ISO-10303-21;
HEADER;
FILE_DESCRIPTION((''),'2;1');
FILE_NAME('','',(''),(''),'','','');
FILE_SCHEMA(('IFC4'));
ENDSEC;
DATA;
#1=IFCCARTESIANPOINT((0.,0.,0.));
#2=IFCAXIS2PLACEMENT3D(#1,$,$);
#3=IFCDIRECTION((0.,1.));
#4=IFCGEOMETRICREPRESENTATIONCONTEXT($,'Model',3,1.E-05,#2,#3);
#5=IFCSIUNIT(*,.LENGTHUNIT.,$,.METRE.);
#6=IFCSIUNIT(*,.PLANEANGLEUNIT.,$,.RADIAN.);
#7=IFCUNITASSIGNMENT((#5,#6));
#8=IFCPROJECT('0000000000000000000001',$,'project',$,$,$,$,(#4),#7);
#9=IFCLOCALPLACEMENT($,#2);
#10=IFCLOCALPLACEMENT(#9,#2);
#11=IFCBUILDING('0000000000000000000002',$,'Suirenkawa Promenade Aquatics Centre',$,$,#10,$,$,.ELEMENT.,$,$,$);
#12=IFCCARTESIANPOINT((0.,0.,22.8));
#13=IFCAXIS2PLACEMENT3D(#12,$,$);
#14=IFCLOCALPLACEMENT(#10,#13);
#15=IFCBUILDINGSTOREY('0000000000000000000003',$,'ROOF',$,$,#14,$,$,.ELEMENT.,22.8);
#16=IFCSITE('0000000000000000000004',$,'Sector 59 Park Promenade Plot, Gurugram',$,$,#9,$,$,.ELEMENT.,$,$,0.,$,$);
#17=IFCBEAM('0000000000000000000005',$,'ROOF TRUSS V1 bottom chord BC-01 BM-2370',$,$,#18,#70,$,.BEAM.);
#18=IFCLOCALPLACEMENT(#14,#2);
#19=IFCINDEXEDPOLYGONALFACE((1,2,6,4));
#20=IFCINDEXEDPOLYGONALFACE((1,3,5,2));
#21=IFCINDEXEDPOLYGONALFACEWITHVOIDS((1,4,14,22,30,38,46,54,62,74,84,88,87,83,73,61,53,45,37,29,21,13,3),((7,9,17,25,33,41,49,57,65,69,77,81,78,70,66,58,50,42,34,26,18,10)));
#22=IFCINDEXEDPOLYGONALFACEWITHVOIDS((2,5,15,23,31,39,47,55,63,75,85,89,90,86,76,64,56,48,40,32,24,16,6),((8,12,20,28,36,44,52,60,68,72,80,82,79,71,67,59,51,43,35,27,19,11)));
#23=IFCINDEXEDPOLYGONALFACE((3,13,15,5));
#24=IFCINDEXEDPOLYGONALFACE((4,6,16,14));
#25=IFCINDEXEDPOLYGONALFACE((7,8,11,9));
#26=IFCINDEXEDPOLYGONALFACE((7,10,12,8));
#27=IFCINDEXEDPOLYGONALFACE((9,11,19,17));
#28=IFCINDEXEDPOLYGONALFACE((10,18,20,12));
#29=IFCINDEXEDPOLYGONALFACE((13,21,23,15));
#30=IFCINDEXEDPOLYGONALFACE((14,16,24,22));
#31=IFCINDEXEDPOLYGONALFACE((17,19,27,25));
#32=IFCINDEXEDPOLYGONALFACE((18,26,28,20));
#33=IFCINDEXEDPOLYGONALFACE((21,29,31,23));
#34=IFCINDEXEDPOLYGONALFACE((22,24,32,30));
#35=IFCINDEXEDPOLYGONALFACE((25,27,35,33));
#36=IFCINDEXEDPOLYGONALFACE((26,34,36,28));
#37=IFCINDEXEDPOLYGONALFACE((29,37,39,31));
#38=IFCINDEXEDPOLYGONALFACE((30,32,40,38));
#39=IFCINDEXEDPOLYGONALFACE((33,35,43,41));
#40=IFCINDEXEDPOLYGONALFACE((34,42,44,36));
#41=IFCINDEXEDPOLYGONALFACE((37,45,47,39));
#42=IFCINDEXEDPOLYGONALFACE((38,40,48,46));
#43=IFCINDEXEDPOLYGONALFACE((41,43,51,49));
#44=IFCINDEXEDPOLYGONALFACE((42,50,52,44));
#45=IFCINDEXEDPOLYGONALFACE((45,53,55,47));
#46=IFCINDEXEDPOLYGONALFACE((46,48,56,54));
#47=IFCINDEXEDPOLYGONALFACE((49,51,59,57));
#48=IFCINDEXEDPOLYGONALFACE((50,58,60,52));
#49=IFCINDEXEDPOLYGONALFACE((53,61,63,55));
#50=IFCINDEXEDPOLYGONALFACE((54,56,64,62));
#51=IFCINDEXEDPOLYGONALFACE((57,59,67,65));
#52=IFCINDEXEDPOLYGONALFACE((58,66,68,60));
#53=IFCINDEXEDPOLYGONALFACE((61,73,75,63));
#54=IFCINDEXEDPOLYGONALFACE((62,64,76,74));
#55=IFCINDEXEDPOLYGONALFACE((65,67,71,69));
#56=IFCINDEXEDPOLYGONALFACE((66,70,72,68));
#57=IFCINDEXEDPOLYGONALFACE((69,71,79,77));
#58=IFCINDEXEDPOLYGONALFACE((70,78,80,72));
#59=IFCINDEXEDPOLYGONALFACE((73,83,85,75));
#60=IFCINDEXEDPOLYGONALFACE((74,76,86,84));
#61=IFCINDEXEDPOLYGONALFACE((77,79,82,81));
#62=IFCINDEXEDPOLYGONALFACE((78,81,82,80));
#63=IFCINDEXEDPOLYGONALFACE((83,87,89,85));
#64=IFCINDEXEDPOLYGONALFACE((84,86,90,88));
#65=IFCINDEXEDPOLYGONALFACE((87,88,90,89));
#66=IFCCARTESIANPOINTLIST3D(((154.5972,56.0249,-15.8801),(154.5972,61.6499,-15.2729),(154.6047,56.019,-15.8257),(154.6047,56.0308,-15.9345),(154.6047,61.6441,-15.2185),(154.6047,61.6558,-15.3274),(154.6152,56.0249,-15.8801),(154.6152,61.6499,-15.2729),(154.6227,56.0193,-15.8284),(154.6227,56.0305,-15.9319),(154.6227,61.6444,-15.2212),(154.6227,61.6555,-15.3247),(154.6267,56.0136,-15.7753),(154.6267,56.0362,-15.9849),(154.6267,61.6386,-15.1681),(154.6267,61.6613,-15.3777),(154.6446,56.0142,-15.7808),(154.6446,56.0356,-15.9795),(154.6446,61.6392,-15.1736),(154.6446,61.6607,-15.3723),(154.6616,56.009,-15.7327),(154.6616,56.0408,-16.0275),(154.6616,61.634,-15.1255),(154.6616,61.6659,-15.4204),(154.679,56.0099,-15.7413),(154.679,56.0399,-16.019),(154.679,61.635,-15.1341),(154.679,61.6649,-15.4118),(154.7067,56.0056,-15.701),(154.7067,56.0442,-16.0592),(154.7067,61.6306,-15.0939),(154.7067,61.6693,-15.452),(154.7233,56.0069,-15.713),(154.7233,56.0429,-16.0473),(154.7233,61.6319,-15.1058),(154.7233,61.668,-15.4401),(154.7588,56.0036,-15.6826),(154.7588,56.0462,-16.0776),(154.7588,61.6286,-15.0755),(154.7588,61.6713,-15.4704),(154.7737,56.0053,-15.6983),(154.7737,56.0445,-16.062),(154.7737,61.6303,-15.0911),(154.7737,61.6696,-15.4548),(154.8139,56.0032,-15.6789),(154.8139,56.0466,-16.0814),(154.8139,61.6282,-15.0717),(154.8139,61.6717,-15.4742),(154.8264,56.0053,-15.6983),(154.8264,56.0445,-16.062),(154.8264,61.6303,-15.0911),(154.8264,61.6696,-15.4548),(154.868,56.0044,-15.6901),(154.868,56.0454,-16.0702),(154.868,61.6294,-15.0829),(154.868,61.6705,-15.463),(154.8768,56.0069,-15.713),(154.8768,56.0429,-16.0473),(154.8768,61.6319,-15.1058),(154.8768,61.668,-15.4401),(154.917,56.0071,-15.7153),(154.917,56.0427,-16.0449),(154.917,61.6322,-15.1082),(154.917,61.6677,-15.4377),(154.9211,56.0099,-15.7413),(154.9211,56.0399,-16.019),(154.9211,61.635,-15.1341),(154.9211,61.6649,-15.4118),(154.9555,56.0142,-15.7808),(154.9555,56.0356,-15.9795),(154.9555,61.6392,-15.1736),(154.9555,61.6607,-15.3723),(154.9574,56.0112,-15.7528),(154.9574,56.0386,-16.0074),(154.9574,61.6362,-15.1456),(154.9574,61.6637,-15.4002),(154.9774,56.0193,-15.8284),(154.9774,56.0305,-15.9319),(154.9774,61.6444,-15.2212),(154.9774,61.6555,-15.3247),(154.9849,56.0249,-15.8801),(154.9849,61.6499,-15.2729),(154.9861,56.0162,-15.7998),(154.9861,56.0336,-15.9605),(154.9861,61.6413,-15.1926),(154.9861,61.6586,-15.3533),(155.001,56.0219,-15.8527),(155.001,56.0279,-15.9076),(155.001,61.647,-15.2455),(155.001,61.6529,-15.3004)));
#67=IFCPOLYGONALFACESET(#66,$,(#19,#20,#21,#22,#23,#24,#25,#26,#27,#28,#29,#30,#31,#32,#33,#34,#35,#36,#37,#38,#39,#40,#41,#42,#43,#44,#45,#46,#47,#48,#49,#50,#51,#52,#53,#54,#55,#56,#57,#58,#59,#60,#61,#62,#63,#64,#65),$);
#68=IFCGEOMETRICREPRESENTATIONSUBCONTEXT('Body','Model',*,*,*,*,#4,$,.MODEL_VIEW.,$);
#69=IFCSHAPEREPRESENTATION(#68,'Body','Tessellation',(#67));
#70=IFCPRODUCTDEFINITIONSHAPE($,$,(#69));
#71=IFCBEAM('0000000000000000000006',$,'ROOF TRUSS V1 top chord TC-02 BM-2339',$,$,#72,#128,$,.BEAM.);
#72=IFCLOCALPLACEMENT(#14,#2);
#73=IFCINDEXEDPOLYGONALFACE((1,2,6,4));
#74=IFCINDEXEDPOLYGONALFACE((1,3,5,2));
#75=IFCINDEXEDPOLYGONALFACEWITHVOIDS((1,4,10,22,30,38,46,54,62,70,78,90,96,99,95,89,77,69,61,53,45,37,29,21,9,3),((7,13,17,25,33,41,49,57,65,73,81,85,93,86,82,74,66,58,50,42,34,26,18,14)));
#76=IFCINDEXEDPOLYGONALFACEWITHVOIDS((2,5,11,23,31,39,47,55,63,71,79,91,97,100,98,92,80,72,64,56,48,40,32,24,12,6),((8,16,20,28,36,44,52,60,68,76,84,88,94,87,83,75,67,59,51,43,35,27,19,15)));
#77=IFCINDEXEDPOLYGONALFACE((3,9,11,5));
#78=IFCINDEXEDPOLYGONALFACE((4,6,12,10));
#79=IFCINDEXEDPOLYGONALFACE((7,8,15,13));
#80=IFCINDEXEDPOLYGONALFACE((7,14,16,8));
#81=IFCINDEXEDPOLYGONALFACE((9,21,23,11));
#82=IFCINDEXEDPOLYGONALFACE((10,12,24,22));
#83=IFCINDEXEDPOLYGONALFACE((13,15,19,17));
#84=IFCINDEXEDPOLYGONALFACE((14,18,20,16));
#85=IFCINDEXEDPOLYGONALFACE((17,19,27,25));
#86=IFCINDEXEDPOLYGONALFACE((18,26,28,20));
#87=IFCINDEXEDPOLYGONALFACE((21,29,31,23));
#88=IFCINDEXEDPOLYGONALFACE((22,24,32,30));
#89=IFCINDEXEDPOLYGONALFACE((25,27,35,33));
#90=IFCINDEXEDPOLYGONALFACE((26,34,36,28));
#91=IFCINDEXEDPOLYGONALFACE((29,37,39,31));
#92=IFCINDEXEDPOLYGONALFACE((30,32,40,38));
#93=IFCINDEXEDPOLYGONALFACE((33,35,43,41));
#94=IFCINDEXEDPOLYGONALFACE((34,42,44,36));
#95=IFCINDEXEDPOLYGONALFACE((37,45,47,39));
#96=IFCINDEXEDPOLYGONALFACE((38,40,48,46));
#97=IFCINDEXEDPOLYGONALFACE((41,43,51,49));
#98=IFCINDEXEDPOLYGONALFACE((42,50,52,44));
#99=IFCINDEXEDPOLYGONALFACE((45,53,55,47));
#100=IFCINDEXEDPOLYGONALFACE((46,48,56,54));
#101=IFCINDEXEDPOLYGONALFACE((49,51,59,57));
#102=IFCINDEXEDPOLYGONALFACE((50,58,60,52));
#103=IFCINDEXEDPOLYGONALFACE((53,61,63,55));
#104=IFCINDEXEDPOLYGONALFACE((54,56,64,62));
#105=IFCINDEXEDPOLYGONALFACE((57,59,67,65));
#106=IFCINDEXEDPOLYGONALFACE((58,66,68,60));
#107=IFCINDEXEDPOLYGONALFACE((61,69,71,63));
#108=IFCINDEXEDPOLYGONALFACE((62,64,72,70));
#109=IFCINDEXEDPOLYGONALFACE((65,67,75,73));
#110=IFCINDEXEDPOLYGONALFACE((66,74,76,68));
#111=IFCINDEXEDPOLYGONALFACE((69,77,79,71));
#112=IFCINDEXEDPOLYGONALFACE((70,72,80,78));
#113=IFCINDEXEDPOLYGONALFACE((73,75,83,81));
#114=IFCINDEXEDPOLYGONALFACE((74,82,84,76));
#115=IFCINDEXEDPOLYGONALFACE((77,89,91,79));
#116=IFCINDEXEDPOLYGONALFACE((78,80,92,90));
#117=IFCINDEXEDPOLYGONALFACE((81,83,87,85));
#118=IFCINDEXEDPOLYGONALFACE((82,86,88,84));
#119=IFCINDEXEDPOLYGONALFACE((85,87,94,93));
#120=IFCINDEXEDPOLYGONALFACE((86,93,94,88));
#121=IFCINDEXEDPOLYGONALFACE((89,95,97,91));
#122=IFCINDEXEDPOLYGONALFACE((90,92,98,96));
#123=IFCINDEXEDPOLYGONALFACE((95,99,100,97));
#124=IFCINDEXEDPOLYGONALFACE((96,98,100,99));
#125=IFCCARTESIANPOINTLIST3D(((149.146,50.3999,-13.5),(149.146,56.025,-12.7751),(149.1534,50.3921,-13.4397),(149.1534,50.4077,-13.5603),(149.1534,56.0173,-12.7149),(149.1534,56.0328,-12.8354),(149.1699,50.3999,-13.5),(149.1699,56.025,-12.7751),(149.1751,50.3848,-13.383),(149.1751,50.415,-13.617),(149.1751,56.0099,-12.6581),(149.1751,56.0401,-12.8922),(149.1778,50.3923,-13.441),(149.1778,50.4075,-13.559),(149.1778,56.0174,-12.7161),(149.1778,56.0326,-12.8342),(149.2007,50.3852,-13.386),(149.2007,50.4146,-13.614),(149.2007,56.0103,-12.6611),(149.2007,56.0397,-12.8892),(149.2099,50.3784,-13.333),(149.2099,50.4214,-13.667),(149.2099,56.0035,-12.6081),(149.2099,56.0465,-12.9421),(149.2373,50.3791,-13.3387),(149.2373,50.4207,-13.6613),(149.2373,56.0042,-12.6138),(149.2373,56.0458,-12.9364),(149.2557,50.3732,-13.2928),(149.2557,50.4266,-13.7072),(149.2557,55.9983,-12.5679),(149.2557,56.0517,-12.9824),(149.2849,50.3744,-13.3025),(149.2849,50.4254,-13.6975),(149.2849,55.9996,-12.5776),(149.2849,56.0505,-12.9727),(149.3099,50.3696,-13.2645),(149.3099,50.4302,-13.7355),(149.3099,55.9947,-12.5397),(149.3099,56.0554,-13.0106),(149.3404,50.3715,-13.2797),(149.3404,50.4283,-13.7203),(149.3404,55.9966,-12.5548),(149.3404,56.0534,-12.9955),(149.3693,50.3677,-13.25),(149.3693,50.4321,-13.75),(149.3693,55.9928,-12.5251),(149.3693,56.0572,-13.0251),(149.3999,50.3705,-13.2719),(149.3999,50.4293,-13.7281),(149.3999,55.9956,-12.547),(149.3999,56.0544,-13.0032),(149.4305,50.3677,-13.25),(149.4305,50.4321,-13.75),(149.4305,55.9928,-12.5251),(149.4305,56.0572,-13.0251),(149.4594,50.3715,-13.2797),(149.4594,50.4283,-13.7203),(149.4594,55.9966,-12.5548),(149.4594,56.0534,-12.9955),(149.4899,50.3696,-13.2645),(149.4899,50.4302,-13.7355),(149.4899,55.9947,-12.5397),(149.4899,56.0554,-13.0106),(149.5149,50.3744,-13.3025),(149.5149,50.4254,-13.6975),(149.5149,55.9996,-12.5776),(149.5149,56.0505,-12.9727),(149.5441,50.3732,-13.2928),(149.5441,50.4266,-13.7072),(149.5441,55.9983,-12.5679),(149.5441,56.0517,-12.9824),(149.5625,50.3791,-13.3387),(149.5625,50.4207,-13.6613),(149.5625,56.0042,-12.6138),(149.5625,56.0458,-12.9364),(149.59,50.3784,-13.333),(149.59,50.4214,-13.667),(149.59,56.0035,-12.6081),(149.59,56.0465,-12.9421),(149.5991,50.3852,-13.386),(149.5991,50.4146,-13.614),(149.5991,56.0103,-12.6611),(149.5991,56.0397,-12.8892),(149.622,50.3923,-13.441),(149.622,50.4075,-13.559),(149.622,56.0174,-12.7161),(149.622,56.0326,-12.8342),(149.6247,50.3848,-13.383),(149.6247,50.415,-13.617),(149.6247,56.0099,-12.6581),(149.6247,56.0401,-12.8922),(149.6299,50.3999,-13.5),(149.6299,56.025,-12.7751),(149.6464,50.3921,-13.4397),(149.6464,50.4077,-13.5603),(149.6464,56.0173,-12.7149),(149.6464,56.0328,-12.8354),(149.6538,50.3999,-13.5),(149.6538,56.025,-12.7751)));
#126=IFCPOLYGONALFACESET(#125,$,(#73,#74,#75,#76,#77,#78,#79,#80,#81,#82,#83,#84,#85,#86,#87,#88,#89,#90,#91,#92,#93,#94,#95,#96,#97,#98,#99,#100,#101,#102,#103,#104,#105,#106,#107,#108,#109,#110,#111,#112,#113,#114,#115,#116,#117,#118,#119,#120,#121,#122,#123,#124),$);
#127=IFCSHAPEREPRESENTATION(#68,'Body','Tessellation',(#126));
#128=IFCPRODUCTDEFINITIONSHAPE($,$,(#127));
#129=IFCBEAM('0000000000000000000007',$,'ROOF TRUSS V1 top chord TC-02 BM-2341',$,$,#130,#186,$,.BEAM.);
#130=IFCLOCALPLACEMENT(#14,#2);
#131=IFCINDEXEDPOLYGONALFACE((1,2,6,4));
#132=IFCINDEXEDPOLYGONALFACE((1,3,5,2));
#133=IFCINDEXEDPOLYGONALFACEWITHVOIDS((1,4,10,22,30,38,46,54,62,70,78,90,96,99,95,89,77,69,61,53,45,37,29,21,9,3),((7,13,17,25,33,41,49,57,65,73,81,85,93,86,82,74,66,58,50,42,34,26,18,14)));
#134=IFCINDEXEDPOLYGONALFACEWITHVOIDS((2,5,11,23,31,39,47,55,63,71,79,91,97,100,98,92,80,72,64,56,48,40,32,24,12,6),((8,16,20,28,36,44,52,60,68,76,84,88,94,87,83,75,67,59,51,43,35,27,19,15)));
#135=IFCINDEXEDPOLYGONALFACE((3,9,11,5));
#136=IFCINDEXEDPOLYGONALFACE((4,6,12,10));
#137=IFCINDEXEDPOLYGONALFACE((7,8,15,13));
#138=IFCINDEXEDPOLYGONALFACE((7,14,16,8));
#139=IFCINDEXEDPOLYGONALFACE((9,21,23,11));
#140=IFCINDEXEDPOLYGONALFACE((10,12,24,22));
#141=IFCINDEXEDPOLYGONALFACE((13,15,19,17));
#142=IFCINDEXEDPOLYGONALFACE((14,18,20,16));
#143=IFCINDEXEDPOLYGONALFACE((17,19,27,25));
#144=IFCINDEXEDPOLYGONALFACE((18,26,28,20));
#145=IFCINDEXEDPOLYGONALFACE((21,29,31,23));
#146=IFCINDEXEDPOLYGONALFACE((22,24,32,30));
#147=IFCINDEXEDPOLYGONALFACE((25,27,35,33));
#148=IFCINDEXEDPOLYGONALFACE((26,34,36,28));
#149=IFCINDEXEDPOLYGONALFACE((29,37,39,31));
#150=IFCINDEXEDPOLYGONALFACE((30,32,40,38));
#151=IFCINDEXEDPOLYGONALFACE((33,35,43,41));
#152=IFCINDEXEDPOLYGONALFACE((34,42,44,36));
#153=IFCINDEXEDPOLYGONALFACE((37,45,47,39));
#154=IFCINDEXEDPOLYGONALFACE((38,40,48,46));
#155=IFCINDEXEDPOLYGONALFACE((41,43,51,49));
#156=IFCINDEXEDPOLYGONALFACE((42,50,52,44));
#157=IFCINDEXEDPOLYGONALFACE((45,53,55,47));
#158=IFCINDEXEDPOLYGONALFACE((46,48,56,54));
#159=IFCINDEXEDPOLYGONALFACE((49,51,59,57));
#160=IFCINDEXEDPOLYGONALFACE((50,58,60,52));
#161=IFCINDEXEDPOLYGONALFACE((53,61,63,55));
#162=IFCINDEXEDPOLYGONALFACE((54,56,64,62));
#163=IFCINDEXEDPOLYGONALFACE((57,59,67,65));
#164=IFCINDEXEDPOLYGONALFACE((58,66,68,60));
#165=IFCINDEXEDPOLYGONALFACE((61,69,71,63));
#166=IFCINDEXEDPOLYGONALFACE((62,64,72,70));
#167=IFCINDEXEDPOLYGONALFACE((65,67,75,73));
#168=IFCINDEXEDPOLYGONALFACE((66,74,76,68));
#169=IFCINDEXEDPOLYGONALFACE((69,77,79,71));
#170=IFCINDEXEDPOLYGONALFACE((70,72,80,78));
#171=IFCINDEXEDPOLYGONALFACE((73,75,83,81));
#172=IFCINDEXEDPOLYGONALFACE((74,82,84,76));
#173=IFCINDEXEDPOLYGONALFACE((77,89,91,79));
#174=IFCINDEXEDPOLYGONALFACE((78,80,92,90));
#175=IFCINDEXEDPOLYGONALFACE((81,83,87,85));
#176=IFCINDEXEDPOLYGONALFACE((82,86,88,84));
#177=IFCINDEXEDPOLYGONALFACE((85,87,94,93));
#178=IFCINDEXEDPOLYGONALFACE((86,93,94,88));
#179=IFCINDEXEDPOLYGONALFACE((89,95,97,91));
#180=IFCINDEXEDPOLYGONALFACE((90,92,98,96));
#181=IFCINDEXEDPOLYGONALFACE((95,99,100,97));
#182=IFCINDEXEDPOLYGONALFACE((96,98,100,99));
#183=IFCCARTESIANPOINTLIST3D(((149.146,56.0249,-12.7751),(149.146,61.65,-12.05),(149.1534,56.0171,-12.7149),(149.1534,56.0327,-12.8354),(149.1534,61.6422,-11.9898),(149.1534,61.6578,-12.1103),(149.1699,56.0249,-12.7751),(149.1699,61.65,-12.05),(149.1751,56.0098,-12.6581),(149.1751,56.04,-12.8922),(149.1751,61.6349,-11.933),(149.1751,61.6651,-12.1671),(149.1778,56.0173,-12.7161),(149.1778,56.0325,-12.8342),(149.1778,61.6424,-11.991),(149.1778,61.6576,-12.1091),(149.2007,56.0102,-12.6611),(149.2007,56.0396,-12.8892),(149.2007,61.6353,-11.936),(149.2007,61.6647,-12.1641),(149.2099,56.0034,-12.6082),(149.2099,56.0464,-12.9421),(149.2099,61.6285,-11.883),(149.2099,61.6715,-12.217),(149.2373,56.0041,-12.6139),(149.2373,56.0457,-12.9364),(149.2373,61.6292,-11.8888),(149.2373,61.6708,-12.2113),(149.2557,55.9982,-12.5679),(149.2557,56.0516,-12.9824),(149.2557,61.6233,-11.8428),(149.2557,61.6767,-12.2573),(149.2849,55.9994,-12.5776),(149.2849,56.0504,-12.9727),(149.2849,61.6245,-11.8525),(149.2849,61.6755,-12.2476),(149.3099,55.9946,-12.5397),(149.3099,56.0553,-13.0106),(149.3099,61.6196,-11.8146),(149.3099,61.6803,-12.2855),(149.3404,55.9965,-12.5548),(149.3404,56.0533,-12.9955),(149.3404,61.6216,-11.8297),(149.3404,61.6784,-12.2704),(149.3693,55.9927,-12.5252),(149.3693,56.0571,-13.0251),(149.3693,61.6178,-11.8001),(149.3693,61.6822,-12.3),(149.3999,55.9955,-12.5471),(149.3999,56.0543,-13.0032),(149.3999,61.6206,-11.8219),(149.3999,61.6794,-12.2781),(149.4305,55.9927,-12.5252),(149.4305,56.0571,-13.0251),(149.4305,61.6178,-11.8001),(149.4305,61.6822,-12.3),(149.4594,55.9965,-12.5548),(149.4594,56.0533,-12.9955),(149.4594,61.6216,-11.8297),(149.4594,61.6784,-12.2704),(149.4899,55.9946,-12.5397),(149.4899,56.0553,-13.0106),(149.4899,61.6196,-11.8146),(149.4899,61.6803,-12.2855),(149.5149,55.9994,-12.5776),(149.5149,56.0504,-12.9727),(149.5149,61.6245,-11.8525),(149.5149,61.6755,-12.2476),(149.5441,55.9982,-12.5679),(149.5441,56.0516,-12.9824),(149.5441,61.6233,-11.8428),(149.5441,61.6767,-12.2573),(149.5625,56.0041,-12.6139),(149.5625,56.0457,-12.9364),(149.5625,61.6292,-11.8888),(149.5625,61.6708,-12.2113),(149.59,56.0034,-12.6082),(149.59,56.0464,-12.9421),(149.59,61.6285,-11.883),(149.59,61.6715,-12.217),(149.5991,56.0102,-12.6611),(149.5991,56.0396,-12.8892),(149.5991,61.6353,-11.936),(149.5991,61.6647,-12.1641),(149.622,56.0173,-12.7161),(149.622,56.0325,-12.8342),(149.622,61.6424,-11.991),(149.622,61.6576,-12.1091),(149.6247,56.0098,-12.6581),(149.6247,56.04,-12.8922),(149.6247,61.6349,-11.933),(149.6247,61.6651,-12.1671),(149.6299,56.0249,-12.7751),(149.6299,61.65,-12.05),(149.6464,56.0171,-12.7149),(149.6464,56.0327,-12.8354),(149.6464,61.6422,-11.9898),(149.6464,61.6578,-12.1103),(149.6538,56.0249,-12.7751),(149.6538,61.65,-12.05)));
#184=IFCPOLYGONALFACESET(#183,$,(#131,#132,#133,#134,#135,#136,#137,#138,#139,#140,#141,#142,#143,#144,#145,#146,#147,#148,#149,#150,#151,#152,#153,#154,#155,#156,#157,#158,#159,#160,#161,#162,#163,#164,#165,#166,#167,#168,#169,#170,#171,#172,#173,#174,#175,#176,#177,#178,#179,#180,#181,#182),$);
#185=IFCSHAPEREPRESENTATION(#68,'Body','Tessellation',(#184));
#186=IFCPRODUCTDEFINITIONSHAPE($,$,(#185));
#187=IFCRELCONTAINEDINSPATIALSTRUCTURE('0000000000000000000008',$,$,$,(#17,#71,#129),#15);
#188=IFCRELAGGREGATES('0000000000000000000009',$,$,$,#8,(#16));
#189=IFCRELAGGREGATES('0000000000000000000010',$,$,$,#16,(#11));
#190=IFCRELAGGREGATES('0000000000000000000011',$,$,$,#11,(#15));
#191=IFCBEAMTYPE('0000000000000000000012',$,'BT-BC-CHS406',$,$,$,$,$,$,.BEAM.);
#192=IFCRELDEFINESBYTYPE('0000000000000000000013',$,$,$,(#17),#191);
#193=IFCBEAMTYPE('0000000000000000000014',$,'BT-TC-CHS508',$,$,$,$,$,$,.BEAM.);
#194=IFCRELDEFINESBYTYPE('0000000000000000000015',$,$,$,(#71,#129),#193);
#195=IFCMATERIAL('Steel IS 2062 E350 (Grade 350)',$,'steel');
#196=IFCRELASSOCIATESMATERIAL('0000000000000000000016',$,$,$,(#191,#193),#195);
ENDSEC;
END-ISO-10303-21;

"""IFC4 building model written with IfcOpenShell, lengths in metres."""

from ifc_helpers import new_model, si_unit, direction, frame, origin, origin_2d, place, context, subcontext, project, spatial, hollow_circle, extrude, material, material_profile, profile_set, type_object, element, save


model = new_model("IFC4")

# Units and contexts
model_context = context("Model", 3, precision=1e-05, world=origin(), true_north=direction((0.0, 1.0)))
body_context = subcontext(model_context, "Body", "Model", "MODEL_VIEW")
ifc_project = project(units=[si_unit("LENGTHUNIT", "METRE"), si_unit("PLANEANGLEUNIT", "RADIAN")], contexts=[model_context])

# Site, building, storey
site_placement = place(None, origin())
site = spatial("IfcSite", under=ifc_project, at=site_placement, Name="Sector 59 Park Promenade Plot, Gurugram", CompositionType="ELEMENT", RefElevation=0.0)
building_placement = place(site_placement, origin())
building = spatial("IfcBuilding", under=site, at=building_placement, Name="Suirenkawa Promenade Aquatics Centre", CompositionType="ELEMENT")
storey_placement = place(building_placement, frame((0.0, 0.0, 22.8)))
storey = spatial("IfcBuildingStorey", under=building, at=storey_placement, Name="ROOF", CompositionType="ELEMENT", Elevation=22.8)

# Beams
ifc_material_1 = material(Name="Steel IS 2062 E350 (Grade 350)", Category="steel")
ifc_material_profile_1 = material_profile(ifc_material_1, hollow_circle(Radius=0.2029, WallThickness=0.0181, at=origin_2d()), Name="CHS 406x18", Category="steel")
ifc_profile_set_1 = profile_set([ifc_material_profile_1], Name="Steel IS 2062 E350 (Grade 350)")
beam_type_1 = type_object("IfcBeamType", Name="BT-BC-CHS406", PredefinedType="BEAM", material=ifc_profile_set_1)
beam_1_placement = place(storey_placement, frame((154.8, 56.0249, -15.8801), z_axis=(0.0, 0.994225, 0.107319), x_axis=(-1.0, 0.0, 0.0)))
element("IfcBeam", 1, at=beam_1_placement, inside=storey, type_object=beam_type_1, Name="ROOF TRUSS V1 bottom chord BC-01 BM-2370", PredefinedType="BEAM", context=body_context, shape_type="SweptSolid", body=[
    extrude(hollow_circle(Radius=0.2029, WallThickness=0.0181, at=origin_2d()), origin(), (0.0, 0.0, 1.0), 5.6577),
])
ifc_material_profile_2 = material_profile(ifc_material_1, hollow_circle(Radius=0.2539, WallThickness=0.0239, at=origin_2d()), Name="CHS 508x24", Category="steel")
ifc_profile_set_2 = profile_set([ifc_material_profile_2], Name="Steel IS 2062 E350 (Grade 350)")
beam_type_2 = type_object("IfcBeamType", Name="BT-TC-CHS508", PredefinedType="BEAM", material=ifc_profile_set_2)
for number, where, z_axis, x_axis, name in (
    (2, (149.3999, 50.3999, -13.5), (0.0, 0.991799, 0.127806), (-1.0, 0.0, 0.0), "ROOF TRUSS V1 top chord TC-02 BM-2339"),
    (3, (149.3999, 56.0249, -12.7751), (0.0, 0.991794, 0.127848), (-1.0, 0.0, 0.0), "ROOF TRUSS V1 top chord TC-02 BM-2341"),
):
    element("IfcBeam", number, at=place(storey_placement, frame(where, z_axis=z_axis, x_axis=x_axis)), inside=storey, type_object=beam_type_2, Name=name, PredefinedType="BEAM", context=body_context, shape_type="SweptSolid", body=[
        extrude(hollow_circle(Radius=0.2539, WallThickness=0.0239, at=origin_2d()), origin(), (0.0, 0.0, 1.0), 5.6716),
    ])

save(model, "model.ifc")
